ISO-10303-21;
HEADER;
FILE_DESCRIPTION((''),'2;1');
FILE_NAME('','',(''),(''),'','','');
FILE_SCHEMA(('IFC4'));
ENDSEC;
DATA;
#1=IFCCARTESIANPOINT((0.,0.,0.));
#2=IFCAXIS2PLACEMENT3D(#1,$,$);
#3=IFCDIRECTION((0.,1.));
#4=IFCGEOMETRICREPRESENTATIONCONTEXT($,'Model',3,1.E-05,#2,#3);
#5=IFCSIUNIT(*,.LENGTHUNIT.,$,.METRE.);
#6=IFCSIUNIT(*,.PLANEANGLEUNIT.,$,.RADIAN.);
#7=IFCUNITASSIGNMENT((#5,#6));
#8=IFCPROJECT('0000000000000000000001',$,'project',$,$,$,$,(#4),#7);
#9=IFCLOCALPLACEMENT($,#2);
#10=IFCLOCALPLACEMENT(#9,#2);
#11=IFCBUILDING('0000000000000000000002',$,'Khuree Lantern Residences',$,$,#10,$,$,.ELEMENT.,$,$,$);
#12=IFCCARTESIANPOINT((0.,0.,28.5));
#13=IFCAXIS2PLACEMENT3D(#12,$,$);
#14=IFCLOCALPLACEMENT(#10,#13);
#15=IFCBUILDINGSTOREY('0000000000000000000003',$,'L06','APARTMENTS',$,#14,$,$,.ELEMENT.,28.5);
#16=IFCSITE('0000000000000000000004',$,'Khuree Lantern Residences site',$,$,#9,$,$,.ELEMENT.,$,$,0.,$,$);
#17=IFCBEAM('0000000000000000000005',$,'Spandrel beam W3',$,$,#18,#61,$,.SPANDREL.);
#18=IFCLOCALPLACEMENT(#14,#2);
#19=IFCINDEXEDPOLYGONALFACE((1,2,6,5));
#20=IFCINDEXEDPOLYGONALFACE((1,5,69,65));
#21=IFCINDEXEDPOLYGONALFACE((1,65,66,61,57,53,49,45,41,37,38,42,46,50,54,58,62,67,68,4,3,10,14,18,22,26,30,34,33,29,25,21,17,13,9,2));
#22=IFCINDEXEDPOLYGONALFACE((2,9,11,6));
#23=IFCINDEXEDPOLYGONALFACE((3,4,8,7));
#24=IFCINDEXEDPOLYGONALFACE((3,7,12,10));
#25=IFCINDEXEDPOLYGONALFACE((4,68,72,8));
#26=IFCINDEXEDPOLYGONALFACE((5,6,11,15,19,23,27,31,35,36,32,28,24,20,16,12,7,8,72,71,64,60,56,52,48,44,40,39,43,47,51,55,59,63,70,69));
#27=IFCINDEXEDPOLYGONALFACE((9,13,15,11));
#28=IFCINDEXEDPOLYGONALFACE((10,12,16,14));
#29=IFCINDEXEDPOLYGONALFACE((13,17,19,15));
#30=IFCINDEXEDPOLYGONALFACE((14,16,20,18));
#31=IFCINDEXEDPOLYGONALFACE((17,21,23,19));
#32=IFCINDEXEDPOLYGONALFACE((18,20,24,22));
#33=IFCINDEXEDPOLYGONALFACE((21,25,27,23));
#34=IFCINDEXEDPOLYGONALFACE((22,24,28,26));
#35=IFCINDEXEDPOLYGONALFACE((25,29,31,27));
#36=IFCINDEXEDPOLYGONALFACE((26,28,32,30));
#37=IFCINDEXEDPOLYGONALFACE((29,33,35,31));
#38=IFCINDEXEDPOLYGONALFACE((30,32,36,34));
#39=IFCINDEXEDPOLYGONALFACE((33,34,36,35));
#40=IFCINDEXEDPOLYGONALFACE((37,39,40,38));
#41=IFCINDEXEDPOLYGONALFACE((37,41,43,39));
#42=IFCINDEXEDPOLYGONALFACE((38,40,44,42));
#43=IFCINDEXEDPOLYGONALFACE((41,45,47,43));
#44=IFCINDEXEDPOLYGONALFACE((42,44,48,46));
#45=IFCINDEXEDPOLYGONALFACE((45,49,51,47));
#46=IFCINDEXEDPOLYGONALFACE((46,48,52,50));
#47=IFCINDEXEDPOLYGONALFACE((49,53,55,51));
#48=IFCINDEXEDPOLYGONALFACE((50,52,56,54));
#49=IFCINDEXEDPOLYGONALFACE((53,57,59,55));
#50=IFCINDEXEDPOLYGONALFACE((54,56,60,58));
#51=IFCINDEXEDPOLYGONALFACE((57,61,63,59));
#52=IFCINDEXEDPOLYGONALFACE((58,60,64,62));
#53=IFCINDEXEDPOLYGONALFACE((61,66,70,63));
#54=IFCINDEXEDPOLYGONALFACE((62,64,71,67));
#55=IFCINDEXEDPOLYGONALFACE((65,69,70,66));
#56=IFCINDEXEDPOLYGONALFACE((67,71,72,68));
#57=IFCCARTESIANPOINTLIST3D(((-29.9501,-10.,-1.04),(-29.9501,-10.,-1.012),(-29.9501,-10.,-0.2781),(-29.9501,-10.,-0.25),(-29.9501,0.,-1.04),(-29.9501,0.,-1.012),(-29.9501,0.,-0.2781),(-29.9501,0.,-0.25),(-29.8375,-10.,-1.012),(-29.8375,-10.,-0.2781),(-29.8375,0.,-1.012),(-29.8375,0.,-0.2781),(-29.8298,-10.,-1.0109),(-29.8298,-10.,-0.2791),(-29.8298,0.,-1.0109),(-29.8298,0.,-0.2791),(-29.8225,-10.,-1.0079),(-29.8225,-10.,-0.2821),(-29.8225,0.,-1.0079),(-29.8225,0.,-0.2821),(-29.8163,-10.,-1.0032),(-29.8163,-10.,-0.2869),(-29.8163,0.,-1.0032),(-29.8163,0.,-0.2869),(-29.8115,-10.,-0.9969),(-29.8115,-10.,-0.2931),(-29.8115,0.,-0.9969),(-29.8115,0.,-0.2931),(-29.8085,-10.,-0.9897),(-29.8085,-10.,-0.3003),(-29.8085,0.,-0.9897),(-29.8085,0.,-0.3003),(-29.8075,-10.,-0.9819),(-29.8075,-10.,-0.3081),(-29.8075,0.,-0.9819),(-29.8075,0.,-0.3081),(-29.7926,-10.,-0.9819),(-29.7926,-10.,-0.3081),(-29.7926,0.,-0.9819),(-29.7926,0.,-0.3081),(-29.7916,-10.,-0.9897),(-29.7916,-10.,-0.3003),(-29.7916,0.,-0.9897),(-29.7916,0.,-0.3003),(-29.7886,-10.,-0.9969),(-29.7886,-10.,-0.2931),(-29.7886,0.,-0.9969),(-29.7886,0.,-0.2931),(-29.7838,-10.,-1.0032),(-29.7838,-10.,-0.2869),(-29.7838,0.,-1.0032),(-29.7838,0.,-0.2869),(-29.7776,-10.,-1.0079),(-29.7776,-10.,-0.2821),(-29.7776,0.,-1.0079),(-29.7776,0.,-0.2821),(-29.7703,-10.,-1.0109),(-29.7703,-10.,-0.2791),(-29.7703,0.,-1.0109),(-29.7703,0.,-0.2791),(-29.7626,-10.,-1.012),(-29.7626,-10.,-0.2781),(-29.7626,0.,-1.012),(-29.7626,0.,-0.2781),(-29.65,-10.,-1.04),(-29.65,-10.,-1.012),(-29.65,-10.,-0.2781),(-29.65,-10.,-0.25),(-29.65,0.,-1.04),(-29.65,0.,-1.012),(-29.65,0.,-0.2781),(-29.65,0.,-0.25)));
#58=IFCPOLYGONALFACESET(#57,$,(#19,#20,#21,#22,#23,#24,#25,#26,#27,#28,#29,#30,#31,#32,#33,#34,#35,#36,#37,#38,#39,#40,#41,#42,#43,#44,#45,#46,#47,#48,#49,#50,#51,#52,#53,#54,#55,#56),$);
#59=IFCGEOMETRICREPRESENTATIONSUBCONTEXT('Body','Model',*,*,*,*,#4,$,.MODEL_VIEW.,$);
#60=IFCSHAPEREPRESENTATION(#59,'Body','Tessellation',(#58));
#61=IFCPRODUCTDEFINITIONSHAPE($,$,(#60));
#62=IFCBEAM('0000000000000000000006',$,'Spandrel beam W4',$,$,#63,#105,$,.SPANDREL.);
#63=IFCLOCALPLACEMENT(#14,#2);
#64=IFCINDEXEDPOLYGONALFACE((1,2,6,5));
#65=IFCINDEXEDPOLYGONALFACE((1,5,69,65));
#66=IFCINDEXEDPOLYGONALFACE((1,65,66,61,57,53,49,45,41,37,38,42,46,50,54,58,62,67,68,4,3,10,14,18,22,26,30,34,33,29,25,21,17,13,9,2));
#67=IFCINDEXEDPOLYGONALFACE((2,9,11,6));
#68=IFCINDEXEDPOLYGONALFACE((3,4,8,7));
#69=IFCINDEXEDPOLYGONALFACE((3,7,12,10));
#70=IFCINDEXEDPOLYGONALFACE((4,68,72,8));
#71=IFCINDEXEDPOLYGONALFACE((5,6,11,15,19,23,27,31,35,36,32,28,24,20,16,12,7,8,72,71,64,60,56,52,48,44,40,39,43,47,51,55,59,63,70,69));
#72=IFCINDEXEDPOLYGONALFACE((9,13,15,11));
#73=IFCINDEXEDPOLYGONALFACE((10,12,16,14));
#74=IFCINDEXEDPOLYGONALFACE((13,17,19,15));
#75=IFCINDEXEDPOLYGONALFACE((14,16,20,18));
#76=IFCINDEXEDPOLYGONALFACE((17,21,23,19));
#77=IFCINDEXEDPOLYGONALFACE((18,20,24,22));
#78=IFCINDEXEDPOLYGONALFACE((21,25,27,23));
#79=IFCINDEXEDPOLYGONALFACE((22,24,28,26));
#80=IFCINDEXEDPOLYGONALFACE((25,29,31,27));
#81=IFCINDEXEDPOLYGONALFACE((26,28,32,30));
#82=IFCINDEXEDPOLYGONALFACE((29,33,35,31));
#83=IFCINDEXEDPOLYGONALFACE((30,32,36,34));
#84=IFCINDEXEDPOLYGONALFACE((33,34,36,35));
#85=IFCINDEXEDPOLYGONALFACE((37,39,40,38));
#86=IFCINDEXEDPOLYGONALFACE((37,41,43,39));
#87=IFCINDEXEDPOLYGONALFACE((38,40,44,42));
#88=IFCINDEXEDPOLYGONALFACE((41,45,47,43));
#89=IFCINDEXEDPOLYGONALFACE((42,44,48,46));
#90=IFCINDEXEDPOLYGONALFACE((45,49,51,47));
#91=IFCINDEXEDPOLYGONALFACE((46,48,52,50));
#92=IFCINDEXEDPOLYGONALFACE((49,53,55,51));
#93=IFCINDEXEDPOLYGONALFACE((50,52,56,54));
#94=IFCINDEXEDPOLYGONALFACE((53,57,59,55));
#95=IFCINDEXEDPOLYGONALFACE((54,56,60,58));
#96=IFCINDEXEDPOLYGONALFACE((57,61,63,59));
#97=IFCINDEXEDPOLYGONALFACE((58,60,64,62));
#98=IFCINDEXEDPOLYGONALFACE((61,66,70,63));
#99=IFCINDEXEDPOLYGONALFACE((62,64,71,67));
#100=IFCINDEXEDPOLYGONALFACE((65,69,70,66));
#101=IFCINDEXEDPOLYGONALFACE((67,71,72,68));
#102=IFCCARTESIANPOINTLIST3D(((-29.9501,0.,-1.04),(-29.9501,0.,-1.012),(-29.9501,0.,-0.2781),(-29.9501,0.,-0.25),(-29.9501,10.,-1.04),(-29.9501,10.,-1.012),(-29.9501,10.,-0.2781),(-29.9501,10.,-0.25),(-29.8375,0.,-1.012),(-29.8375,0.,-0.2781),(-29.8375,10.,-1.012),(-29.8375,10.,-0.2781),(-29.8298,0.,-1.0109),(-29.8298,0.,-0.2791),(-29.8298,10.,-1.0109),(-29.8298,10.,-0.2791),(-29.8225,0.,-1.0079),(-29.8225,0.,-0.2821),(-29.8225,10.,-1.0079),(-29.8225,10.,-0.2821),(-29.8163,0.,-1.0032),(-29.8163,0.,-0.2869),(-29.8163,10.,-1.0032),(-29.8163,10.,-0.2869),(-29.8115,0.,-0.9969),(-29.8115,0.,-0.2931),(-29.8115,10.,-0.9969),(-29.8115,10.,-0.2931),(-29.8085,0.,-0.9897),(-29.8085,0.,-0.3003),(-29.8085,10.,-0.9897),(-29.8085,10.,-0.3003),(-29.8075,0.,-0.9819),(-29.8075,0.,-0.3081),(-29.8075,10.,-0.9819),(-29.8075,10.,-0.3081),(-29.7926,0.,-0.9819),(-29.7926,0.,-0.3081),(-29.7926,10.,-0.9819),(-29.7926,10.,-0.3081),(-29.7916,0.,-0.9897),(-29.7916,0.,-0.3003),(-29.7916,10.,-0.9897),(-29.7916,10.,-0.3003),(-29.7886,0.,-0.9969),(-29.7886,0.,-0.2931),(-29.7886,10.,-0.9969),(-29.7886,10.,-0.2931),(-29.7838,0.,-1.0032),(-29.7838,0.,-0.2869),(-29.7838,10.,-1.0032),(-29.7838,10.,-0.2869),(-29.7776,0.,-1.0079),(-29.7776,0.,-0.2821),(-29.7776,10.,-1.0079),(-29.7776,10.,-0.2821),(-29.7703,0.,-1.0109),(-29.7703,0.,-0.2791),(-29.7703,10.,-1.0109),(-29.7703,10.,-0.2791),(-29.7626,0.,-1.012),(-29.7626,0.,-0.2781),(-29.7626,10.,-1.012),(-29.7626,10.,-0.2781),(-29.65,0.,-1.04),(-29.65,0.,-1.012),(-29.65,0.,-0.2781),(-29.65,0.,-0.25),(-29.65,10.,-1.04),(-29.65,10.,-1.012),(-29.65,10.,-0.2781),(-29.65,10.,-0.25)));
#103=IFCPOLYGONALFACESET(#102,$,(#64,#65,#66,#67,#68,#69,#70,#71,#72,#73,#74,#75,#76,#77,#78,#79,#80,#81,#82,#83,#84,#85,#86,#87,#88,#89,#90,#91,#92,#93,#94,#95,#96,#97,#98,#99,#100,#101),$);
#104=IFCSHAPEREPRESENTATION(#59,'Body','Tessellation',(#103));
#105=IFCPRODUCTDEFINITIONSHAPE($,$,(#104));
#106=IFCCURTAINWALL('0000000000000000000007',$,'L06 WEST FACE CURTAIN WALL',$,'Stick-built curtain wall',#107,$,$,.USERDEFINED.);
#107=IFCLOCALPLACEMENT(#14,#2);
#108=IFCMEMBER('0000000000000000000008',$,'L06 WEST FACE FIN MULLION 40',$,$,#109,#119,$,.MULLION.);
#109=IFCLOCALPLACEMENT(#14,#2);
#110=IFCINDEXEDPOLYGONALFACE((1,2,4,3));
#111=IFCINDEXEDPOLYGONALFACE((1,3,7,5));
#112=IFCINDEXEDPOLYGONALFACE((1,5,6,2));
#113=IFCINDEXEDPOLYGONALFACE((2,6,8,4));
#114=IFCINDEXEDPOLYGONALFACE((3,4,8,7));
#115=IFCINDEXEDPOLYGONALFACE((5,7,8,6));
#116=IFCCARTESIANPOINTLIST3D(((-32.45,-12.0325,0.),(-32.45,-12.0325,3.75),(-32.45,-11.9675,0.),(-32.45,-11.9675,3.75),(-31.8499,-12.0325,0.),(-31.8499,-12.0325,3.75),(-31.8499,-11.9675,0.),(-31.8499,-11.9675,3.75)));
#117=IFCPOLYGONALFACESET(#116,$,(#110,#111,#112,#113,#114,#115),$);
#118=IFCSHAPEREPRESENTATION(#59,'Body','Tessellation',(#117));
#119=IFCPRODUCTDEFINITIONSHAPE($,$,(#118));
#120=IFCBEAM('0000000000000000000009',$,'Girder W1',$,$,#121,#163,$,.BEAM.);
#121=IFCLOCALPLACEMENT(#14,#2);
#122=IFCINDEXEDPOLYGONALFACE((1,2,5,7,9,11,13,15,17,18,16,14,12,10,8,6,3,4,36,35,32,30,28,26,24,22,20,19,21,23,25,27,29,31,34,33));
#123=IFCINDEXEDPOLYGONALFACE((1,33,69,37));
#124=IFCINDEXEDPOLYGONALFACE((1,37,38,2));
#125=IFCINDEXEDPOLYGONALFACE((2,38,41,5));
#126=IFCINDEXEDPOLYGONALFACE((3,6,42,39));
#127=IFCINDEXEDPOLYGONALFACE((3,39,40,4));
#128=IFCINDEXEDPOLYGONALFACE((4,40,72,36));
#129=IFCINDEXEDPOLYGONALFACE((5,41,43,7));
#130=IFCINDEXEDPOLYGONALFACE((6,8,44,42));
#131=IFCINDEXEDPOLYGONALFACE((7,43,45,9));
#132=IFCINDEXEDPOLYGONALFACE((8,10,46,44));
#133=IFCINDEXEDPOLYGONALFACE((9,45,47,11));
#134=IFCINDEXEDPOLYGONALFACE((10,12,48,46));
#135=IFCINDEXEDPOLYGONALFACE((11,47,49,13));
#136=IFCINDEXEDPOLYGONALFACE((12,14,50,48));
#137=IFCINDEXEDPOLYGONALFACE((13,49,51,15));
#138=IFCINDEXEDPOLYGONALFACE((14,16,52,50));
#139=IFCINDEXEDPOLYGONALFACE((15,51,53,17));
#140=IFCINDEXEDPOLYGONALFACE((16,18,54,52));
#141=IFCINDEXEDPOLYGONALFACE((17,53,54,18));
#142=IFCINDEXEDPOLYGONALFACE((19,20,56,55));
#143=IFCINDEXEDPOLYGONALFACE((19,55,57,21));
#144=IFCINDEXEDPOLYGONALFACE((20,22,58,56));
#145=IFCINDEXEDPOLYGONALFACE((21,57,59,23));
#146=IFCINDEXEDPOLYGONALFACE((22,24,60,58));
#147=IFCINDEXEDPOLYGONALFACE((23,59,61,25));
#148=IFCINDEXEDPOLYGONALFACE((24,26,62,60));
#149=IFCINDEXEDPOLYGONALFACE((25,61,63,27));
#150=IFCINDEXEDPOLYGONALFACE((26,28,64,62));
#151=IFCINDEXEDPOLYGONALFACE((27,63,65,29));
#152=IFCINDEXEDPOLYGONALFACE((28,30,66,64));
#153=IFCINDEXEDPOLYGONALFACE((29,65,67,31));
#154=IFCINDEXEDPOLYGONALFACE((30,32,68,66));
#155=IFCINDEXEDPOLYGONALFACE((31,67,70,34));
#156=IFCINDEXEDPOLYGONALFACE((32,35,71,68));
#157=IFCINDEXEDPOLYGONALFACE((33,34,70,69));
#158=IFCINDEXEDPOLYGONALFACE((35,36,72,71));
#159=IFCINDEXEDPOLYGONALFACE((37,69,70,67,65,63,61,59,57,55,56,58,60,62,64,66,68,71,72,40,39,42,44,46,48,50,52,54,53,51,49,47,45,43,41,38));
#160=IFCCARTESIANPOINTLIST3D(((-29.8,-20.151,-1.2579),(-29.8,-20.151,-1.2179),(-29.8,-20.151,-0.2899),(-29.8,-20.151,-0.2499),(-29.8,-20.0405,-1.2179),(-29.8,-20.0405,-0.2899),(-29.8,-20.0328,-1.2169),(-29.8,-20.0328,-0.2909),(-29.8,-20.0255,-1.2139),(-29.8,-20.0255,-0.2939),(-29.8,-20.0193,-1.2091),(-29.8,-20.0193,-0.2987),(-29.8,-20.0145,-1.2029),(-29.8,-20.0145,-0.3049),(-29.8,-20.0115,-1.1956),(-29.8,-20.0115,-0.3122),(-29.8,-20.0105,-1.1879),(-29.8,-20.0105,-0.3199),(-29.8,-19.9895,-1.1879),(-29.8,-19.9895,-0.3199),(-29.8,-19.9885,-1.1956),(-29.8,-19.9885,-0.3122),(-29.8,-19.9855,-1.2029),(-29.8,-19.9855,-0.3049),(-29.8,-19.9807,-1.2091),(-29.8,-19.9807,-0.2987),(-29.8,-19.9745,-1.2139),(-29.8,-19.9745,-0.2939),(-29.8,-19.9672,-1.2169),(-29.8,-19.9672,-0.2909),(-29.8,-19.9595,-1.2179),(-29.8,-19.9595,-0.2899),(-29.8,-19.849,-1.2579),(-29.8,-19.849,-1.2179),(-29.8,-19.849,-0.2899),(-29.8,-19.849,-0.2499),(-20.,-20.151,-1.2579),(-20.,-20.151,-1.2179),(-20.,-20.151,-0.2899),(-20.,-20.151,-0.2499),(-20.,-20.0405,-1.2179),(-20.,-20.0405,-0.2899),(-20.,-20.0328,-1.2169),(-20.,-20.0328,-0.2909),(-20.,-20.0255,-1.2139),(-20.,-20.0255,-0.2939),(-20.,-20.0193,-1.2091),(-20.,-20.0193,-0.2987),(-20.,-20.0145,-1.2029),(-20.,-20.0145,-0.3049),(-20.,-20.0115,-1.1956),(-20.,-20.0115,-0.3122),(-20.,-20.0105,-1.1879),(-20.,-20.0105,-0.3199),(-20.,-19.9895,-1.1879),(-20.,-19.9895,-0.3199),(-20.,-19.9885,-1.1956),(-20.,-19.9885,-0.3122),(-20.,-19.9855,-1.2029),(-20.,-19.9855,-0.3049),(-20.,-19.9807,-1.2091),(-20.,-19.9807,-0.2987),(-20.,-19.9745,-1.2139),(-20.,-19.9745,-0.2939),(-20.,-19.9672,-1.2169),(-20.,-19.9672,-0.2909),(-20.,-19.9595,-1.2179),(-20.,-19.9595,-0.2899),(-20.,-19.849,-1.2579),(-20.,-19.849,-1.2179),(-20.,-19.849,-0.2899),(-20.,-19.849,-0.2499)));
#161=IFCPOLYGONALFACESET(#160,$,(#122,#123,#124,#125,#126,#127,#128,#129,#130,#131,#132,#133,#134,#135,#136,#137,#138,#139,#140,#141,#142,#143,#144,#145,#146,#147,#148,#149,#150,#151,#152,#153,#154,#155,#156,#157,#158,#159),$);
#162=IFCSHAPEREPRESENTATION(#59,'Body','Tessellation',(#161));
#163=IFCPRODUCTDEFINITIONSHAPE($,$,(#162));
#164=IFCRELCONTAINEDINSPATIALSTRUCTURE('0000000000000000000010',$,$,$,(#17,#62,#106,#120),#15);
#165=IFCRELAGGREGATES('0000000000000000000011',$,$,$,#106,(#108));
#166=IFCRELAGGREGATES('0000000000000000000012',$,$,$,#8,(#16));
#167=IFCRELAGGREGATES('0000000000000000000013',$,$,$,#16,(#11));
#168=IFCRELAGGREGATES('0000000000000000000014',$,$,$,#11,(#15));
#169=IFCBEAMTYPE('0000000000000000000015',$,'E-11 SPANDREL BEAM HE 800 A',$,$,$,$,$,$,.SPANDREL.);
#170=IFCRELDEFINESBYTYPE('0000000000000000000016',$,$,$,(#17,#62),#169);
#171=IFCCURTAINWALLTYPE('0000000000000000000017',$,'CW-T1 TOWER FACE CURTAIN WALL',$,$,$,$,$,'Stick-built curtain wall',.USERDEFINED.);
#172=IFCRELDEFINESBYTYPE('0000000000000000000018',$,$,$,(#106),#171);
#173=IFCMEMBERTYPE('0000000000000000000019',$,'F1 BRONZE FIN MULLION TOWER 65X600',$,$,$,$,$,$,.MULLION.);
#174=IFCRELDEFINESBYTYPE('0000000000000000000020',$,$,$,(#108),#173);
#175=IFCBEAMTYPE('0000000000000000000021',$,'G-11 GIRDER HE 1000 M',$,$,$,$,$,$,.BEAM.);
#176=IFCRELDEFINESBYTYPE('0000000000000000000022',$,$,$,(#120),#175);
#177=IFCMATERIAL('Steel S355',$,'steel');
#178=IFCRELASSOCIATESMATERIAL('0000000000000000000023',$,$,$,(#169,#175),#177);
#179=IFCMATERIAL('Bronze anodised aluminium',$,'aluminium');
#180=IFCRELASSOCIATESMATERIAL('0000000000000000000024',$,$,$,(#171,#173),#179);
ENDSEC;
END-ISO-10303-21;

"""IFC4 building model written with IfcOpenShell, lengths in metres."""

from ifc_helpers import new_model, si_unit, direction, frame, origin, origin_2d, place, context, subcontext, project, spatial, rectangle, i_section, extrude, material, material_profile, profile_set, type_object, element, aggregate, save


model = new_model("IFC4")

# Units and contexts
model_context = context("Model", 3, precision=1e-05, world=origin(), true_north=direction((0.0, 1.0)))
body_context = subcontext(model_context, "Body", "Model", "MODEL_VIEW")
ifc_project = project(units=[si_unit("LENGTHUNIT", "METRE"), si_unit("PLANEANGLEUNIT", "RADIAN")], contexts=[model_context])

# Site, building, storey
site_placement = place(None, origin())
site = spatial("IfcSite", under=ifc_project, at=site_placement, Name="Khuree Lantern Residences site", CompositionType="ELEMENT", RefElevation=0.0)
building_placement = place(site_placement, origin())
building = spatial("IfcBuilding", under=site, at=building_placement, Name="Khuree Lantern Residences", CompositionType="ELEMENT")
storey_placement = place(building_placement, frame((0.0, 0.0, 28.5)))
storey = spatial("IfcBuildingStorey", under=building, at=storey_placement, Name="L06", Description="APARTMENTS", CompositionType="ELEMENT", Elevation=28.5)

# Beams
ifc_material_1 = material(Name="Steel S355", Category="steel")
ifc_material_profile_1 = material_profile(ifc_material_1, i_section(OverallWidth=0.3, OverallDepth=0.79, WebThickness=0.0149, FlangeThickness=0.0281, FilletRadius=0.03, at=origin_2d()), Name="HE 800 A")
ifc_profile_set_1 = profile_set([ifc_material_profile_1], Name="Steel S355")
beam_type_1 = type_object("IfcBeamType", Name="E-11 SPANDREL BEAM HE 800 A", PredefinedType="SPANDREL", material=ifc_profile_set_1)
for number, where, z_axis, x_axis, name in (
    (1, (-29.8, -10.0, -0.645), (0.0, 1.0, 0.0), (-1.0, 0.0, 0.0), "Spandrel beam W3"),
    (2, (-29.8, 0.0, -0.645), (0.0, 1.0, 0.0), (-1.0, 0.0, 0.0), "Spandrel beam W4"),
):
    element("IfcBeam", number, at=place(storey_placement, frame(where, z_axis=z_axis, x_axis=x_axis)), inside=storey, type_object=beam_type_1, Name=name, PredefinedType="SPANDREL", context=body_context, shape_type="SweptSolid", body=[
        extrude(i_section(OverallWidth=0.3, OverallDepth=0.79, WebThickness=0.0149, FlangeThickness=0.0281, FilletRadius=0.03, at=origin_2d()), origin(), (0.0, 0.0, 1.0), 10.0),
    ])

# Curtain wall, member
ifc_material_2 = material(Name="Bronze anodised aluminium", Category="aluminium")
curtain_wall_type = type_object("IfcCurtainWallType", Name="CW-T1 TOWER FACE CURTAIN WALL", ElementType="Stick-built curtain wall", PredefinedType="USERDEFINED", material=ifc_material_2)
curtain_wall_placement = place(storey_placement, origin())
curtain_wall = element("IfcCurtainWall", 3, at=curtain_wall_placement, inside=storey, type_object=curtain_wall_type, Name="L06 WEST FACE CURTAIN WALL", ObjectType="Stick-built curtain wall", PredefinedType="USERDEFINED")
ifc_material_profile_2 = material_profile(ifc_material_2, rectangle(XDim=0.0649, YDim=0.6001, at=origin_2d()), Name="F1 65X600")
ifc_profile_set_2 = profile_set([ifc_material_profile_2], Name="Bronze anodised aluminium")
member_type_1 = type_object("IfcMemberType", Name="F1 BRONZE FIN MULLION TOWER 65X600", PredefinedType="MULLION", material=ifc_profile_set_2)
member_1_placement = place(storey_placement, frame((-32.1499, -12.0, 0.0), z_axis=(0.0, 0.0, 1.0), x_axis=(0.0, -1.0, 0.0)))
member_1 = element("IfcMember", 4, at=member_1_placement, type_object=member_type_1, Name="L06 WEST FACE FIN MULLION 40", PredefinedType="MULLION", context=body_context, shape_type="SweptSolid", body=[
    extrude(rectangle(XDim=0.0649, YDim=0.6001, at=origin_2d()), origin(), (0.0, 0.0, 1.0), 3.75),
])

# Beam
ifc_material_profile_3 = material_profile(ifc_material_1, i_section(OverallWidth=0.302, OverallDepth=1.0081, WebThickness=0.021, FlangeThickness=0.04, FilletRadius=0.03, at=origin_2d()), Name="HE 1000 M")
ifc_profile_set_3 = profile_set([ifc_material_profile_3], Name="Steel S355")
beam_type_2 = type_object("IfcBeamType", Name="G-11 GIRDER HE 1000 M", PredefinedType="BEAM", material=ifc_profile_set_3)
beam_placement = place(storey_placement, frame((-29.8, -20.0, -0.7539), z_axis=(1.0, 0.0, 0.0), x_axis=(0.0, 1.0, 0.0)))
element("IfcBeam", 5, at=beam_placement, inside=storey, type_object=beam_type_2, Name="Girder W1", PredefinedType="BEAM", context=body_context, shape_type="SweptSolid", body=[
    extrude(i_section(OverallWidth=0.302, OverallDepth=1.0081, WebThickness=0.021, FlangeThickness=0.04, FilletRadius=0.03, at=origin_2d()), origin(), (0.0, 0.0, 1.0), 9.8),
])

aggregate(curtain_wall, [member_1])

save(model, "model.ifc")
